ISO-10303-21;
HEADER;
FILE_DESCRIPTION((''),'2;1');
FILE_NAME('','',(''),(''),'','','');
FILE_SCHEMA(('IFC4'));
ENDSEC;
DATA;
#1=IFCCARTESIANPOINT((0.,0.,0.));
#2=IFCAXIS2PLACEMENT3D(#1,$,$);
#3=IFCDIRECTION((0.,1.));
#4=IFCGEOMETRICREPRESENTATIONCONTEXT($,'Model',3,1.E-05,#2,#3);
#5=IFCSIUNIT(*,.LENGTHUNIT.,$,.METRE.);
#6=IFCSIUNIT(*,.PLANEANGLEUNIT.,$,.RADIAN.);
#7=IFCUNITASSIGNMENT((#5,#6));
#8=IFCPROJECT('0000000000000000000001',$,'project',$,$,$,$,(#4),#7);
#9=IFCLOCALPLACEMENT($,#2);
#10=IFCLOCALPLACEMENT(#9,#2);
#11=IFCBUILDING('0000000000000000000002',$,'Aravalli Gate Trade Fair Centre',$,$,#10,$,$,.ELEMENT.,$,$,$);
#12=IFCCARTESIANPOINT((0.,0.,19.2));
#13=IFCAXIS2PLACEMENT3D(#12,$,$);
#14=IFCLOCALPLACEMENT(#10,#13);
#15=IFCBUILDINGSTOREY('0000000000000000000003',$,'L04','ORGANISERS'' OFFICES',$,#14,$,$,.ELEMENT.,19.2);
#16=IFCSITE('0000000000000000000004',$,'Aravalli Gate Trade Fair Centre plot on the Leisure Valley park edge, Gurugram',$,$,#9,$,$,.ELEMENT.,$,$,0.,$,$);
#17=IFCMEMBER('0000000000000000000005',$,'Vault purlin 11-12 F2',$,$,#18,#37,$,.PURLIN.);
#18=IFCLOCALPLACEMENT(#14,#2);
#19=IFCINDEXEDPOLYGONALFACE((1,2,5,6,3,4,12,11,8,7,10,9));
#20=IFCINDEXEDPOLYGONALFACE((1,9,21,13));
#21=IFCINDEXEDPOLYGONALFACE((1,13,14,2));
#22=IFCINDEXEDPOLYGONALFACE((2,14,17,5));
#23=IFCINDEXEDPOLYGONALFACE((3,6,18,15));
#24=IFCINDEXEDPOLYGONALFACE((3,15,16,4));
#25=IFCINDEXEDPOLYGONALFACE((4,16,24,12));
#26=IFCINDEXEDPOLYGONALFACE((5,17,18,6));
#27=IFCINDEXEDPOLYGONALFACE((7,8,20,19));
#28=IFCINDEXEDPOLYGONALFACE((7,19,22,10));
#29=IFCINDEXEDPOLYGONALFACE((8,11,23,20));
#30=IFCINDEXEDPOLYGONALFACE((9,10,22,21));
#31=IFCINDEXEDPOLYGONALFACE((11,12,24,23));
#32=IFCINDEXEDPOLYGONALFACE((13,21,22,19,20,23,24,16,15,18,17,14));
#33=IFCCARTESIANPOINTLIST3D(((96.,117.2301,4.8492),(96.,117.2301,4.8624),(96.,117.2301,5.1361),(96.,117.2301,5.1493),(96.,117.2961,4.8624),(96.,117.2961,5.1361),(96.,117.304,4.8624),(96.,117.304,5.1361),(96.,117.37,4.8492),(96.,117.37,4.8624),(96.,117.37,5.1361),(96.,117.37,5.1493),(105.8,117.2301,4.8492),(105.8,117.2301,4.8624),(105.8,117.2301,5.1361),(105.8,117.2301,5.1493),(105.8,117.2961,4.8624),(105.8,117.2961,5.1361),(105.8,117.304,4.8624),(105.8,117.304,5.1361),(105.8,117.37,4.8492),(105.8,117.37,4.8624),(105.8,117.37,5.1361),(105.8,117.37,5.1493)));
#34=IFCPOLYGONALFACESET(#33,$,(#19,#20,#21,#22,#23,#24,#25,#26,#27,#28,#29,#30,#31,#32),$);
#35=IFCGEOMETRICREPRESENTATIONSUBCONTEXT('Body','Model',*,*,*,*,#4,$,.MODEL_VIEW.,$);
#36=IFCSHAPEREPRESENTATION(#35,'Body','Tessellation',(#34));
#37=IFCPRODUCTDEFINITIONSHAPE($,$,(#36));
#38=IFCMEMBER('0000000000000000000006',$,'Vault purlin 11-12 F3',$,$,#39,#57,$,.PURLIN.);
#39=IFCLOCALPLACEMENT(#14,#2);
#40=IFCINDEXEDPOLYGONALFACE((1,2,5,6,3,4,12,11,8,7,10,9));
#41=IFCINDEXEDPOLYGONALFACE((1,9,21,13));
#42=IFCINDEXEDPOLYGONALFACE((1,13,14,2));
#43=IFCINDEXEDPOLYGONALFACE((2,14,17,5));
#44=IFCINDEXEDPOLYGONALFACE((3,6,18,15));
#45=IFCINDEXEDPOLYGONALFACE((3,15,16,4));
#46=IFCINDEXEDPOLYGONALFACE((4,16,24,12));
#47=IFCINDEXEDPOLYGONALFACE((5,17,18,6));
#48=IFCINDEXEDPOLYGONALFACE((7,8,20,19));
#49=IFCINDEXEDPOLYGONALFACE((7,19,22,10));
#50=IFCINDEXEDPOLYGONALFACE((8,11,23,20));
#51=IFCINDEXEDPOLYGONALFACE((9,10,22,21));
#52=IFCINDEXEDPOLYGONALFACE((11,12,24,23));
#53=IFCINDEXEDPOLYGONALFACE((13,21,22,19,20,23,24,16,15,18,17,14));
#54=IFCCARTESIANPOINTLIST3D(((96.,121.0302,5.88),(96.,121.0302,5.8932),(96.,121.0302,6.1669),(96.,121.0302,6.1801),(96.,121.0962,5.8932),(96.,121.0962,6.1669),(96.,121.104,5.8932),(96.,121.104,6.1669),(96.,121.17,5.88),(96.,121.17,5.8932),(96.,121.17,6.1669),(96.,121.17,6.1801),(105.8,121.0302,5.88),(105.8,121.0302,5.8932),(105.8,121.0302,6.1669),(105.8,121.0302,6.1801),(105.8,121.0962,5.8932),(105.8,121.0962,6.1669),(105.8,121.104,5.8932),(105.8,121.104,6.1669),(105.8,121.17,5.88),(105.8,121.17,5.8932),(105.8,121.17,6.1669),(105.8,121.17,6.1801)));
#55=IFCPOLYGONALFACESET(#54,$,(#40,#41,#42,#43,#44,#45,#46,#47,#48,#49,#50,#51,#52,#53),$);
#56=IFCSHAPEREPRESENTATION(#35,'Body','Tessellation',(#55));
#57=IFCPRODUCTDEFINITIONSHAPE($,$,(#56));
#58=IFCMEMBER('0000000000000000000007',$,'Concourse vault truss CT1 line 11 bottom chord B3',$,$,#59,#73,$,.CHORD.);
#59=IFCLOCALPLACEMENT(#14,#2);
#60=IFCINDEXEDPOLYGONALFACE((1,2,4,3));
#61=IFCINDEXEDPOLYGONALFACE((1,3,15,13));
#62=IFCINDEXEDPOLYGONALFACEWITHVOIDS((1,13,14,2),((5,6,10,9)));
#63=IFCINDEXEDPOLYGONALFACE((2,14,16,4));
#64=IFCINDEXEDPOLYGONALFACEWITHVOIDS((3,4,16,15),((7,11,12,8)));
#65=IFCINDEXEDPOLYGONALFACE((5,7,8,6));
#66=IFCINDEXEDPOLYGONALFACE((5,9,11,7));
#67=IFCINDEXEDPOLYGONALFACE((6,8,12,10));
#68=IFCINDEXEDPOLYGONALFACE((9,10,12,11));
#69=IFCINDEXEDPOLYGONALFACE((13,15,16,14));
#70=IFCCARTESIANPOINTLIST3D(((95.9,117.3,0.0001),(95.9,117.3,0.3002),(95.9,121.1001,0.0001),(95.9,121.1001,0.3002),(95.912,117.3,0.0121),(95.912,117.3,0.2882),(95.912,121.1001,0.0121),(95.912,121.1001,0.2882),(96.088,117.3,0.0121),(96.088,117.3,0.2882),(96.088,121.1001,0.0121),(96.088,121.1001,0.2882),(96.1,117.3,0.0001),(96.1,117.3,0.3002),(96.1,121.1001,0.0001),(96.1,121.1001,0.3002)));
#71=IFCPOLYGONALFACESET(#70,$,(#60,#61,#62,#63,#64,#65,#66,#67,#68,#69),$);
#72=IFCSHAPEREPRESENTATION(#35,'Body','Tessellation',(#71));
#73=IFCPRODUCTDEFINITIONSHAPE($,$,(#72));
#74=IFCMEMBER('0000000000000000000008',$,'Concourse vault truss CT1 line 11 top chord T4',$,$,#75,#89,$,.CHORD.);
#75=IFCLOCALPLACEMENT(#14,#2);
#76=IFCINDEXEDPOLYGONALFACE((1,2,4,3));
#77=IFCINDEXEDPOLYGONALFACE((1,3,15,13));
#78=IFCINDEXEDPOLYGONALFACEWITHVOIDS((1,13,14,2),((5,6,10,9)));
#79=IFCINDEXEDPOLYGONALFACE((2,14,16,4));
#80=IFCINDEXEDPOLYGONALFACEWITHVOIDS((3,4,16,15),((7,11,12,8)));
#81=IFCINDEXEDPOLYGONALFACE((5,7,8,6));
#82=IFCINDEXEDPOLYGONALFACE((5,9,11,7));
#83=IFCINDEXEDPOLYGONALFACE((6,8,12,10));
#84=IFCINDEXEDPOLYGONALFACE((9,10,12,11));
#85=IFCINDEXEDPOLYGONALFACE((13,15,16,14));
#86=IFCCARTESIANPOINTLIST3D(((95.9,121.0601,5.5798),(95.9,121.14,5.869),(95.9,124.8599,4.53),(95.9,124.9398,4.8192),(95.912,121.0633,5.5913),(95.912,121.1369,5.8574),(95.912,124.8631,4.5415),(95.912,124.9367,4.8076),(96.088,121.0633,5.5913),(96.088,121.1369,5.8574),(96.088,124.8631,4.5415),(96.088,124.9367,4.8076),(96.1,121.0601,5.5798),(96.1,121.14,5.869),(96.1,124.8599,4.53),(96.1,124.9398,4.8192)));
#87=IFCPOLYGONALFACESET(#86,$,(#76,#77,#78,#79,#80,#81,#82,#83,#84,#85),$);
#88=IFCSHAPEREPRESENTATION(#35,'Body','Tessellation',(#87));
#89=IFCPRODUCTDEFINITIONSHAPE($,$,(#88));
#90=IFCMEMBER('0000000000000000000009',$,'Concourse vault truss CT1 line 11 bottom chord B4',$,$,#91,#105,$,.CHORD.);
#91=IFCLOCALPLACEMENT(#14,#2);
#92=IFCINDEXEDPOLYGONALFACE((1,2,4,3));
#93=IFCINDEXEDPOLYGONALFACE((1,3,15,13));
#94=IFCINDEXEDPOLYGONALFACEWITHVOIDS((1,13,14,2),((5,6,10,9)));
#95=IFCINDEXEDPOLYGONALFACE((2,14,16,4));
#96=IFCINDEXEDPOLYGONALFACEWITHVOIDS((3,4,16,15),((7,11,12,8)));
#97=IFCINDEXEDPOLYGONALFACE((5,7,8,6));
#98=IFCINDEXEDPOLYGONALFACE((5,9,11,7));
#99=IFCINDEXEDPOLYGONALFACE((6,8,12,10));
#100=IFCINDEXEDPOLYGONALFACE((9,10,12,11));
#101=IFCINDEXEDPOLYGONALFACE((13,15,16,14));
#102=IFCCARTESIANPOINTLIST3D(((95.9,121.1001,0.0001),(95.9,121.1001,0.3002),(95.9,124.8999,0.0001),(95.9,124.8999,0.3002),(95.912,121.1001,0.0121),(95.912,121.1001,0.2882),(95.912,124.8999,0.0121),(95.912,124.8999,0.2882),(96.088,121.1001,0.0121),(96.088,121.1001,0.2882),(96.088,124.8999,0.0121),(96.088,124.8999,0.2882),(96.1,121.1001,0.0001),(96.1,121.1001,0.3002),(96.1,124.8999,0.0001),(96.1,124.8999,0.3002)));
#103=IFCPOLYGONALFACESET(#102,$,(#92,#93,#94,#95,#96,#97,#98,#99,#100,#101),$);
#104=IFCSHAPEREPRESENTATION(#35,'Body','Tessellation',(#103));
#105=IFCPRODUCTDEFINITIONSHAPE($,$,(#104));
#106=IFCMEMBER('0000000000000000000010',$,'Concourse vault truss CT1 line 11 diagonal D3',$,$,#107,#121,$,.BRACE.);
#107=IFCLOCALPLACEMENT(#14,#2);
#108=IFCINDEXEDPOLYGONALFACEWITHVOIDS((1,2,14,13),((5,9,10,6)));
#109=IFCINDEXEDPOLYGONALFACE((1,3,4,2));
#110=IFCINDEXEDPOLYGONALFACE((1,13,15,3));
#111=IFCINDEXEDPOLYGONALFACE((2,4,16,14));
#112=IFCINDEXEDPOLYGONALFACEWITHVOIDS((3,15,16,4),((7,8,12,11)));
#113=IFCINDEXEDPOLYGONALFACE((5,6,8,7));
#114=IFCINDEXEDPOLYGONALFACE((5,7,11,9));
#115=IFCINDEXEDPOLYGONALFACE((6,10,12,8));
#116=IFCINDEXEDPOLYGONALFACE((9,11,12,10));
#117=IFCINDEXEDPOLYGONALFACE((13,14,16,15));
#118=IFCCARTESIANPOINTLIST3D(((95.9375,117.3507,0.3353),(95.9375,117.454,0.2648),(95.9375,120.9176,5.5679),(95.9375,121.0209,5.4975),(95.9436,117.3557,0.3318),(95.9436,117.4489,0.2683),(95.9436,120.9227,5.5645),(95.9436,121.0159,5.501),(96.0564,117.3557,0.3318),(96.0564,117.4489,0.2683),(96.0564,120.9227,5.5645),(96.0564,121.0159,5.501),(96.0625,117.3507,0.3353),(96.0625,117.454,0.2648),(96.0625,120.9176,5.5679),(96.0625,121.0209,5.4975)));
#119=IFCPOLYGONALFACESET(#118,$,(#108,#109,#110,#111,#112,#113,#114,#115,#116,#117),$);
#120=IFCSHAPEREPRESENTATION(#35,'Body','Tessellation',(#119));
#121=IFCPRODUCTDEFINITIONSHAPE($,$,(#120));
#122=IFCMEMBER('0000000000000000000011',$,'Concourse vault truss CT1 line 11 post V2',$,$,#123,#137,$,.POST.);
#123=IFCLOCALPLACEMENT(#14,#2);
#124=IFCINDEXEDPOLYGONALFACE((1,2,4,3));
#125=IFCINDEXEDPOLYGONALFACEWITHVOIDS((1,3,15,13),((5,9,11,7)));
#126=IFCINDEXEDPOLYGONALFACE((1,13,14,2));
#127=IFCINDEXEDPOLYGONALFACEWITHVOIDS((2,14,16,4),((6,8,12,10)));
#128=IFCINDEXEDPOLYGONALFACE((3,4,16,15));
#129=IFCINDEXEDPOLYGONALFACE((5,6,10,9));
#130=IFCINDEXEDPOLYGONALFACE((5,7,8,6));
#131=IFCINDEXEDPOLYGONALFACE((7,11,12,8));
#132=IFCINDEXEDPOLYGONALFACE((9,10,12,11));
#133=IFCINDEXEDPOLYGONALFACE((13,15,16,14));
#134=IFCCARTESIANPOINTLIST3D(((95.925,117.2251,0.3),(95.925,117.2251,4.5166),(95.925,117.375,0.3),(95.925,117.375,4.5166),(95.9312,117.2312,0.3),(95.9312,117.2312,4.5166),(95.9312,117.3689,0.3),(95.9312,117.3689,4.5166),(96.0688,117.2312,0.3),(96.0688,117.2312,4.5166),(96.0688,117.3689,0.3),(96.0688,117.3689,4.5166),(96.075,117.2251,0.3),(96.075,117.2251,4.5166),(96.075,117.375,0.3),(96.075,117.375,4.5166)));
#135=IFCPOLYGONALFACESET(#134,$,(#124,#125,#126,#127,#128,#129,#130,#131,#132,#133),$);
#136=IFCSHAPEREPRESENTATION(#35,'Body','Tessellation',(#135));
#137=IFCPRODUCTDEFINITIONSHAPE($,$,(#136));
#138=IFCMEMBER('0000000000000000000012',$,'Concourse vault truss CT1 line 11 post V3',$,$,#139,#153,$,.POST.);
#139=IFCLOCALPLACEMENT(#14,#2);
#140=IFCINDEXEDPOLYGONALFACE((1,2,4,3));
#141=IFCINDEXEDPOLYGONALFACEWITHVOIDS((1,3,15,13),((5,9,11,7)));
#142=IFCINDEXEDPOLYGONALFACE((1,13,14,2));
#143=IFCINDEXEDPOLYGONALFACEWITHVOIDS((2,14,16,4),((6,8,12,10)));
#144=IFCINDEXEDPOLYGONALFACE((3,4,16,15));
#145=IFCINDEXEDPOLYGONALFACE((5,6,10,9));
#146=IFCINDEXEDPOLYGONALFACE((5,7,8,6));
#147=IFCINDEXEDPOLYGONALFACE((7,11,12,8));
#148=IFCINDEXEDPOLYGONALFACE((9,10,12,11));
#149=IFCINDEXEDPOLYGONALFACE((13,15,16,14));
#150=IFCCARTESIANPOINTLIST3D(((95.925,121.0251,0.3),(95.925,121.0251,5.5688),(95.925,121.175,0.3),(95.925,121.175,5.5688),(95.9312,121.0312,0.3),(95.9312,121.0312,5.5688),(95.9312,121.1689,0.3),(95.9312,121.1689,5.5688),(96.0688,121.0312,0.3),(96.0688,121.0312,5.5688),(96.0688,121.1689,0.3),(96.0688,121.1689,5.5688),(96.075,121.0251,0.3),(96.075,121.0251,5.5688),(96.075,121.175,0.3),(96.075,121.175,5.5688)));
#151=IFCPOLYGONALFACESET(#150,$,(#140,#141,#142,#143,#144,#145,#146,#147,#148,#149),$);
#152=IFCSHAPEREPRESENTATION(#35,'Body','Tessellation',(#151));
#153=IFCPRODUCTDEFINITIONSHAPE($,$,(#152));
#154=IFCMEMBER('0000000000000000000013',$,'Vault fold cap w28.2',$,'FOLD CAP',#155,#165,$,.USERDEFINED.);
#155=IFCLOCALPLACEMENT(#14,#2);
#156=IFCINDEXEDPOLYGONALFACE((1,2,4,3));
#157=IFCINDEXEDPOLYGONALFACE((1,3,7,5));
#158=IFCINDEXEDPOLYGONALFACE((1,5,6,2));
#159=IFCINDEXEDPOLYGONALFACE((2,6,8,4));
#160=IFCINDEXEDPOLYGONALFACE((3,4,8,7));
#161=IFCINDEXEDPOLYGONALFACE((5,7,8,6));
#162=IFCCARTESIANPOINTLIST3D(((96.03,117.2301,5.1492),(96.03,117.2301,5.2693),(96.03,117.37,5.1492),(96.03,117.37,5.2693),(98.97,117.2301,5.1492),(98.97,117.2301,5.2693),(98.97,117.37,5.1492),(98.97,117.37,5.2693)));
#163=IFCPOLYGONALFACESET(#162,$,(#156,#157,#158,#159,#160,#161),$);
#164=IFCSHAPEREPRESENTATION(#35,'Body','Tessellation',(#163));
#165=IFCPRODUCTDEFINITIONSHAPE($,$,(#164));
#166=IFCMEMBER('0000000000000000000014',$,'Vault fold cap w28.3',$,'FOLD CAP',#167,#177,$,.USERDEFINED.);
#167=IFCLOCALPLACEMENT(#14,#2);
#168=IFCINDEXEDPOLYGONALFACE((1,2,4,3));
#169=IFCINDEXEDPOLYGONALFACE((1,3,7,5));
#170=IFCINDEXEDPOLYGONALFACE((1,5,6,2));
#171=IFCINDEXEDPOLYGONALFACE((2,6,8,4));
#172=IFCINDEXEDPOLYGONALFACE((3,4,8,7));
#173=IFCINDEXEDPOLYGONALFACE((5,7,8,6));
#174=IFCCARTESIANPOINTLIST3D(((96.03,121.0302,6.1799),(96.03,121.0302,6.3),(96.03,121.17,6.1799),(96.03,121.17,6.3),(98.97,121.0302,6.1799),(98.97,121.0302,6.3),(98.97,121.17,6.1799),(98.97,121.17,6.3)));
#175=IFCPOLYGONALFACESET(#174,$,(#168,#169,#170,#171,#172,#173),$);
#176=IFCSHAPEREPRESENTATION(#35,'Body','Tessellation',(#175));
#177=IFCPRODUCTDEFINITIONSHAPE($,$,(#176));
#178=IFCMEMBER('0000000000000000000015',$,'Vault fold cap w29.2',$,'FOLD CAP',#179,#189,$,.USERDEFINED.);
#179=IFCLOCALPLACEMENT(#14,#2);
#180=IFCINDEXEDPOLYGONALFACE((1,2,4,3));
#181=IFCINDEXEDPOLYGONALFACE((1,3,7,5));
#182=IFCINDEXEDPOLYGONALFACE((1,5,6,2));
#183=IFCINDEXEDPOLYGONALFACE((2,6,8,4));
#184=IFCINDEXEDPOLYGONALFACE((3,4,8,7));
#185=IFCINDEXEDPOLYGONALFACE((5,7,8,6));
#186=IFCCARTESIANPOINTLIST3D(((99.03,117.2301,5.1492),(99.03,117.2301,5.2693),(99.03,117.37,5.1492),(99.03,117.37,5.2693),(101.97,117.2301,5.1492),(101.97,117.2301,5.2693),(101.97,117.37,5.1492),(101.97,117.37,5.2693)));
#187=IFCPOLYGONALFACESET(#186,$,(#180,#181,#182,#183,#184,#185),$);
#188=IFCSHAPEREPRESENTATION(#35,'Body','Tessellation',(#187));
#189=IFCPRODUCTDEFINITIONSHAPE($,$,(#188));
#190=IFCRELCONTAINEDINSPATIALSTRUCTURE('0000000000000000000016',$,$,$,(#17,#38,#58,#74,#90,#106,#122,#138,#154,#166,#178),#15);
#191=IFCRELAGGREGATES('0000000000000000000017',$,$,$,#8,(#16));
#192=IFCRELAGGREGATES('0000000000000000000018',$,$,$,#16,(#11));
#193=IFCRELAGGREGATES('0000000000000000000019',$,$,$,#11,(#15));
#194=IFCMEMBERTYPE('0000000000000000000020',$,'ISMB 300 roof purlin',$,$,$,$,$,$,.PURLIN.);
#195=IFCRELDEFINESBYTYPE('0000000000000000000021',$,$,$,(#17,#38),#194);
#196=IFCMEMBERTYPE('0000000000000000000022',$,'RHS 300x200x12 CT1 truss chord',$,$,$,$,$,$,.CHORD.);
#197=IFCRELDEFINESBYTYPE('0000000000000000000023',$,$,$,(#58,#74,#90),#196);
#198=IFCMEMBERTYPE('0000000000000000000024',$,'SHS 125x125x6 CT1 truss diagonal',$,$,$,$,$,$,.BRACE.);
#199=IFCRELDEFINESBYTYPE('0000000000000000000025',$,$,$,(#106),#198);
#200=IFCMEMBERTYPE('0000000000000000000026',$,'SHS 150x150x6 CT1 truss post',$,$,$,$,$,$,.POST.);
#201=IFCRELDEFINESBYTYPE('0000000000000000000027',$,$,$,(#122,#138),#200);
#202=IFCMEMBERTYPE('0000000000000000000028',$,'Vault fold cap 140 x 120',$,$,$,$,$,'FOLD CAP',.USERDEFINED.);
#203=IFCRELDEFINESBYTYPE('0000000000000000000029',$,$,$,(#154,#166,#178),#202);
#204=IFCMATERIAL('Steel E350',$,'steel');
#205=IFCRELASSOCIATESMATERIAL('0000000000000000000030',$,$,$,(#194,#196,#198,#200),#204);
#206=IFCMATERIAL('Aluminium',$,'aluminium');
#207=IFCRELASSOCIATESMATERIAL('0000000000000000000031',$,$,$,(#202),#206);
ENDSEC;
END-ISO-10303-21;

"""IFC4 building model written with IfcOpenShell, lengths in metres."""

from ifc_helpers import new_model, si_unit, direction, frame, origin, origin_2d, place, context, subcontext, project, spatial, rectangle, hollow_rectangle, i_section, extrude, material, material_profile, profile_set, type_object, element, save


model = new_model("IFC4")

# Units and contexts
model_context = context("Model", 3, precision=1e-05, world=origin(), true_north=direction((0.0, 1.0)))
body_context = subcontext(model_context, "Body", "Model", "MODEL_VIEW")
ifc_project = project(units=[si_unit("LENGTHUNIT", "METRE"), si_unit("PLANEANGLEUNIT", "RADIAN")], contexts=[model_context])

# Site, building, storey
site_placement = place(None, origin())
site = spatial("IfcSite", under=ifc_project, at=site_placement, Name="Aravalli Gate Trade Fair Centre plot on the Leisure Valley park edge, Gurugram", CompositionType="ELEMENT", RefElevation=0.0)
building_placement = place(site_placement, origin())
building = spatial("IfcBuilding", under=site, at=building_placement, Name="Aravalli Gate Trade Fair Centre", CompositionType="ELEMENT")
storey_placement = place(building_placement, frame((0.0, 0.0, 19.2)))
storey = spatial("IfcBuildingStorey", under=building, at=storey_placement, Name="L04", Description="ORGANISERS' OFFICES", CompositionType="ELEMENT", Elevation=19.2)

# Members
ifc_material_1 = material(Name="Steel E350", Category="steel")
ifc_material_profile_1 = material_profile(ifc_material_1, i_section(OverallWidth=0.1399, OverallDepth=0.3, WebThickness=0.0078, FlangeThickness=0.0132, at=origin_2d()), Name="ISMB 300")
ifc_profile_set_1 = profile_set([ifc_material_profile_1], Name="Steel E350")
member_type_1 = type_object("IfcMemberType", Name="ISMB 300 roof purlin", PredefinedType="PURLIN", material=ifc_profile_set_1)
for number, where, z_axis, x_axis, name in (
    (1, (96.0, 117.3, 4.9993), (1.0, 0.0, 0.0), (0.0, 1.0, 0.0), "Vault purlin 11-12 F2"),
    (2, (96.0, 121.1001, 6.03), (1.0, 0.0, 0.0), (0.0, 1.0, 0.0), "Vault purlin 11-12 F3"),
):
    element("IfcMember", number, at=place(storey_placement, frame(where, z_axis=z_axis, x_axis=x_axis)), inside=storey, type_object=member_type_1, Name=name, PredefinedType="PURLIN", context=body_context, shape_type="SweptSolid", body=[
        extrude(i_section(OverallWidth=0.1399, OverallDepth=0.3, WebThickness=0.0078, FlangeThickness=0.0132, at=origin_2d()), origin(), (0.0, 0.0, 1.0), 9.8),
    ])
ifc_material_profile_2 = material_profile(ifc_material_1, hollow_rectangle(XDim=0.2, YDim=0.3, WallThickness=0.012, at=origin_2d()), Name="RHS 300x200x12")
ifc_profile_set_2 = profile_set([ifc_material_profile_2], Name="Steel E350")
member_type_2 = type_object("IfcMemberType", Name="RHS 300x200x12 CT1 truss chord", PredefinedType="CHORD", material=ifc_profile_set_2)
member_1_placement = place(storey_placement, frame((96.0, 117.3, 0.1501), z_axis=(0.0, 1.0, 0.0), x_axis=(-1.0, 0.0, 0.0)))
element("IfcMember", 3, at=member_1_placement, inside=storey, type_object=member_type_2, Name="Concourse vault truss CT1 line 11 bottom chord B3", PredefinedType="CHORD", context=body_context, shape_type="SweptSolid", body=[
    extrude(hollow_rectangle(XDim=0.2, YDim=0.3, WallThickness=0.012, at=origin_2d()), origin(), (0.0, 0.0, 1.0), 3.8),
])
member_2_placement = place(storey_placement, frame((96.0, 121.1001, 5.7244), z_axis=(0.0, 0.96389, -0.266302), x_axis=(-1.0, 0.0, 0.0)))
element("IfcMember", 4, at=member_2_placement, inside=storey, type_object=member_type_2, Name="Concourse vault truss CT1 line 11 top chord T4", PredefinedType="CHORD", context=body_context, shape_type="SweptSolid", body=[
    extrude(hollow_rectangle(XDim=0.2, YDim=0.3, WallThickness=0.012, at=origin_2d()), origin(), (0.0, 0.0, 1.0), 3.9421),
])
member_3_placement = place(storey_placement, frame((96.0, 121.1001, 0.1501), z_axis=(0.0, 1.0, 0.0), x_axis=(-1.0, 0.0, 0.0)))
element("IfcMember", 5, at=member_3_placement, inside=storey, type_object=member_type_2, Name="Concourse vault truss CT1 line 11 bottom chord B4", PredefinedType="CHORD", context=body_context, shape_type="SweptSolid", body=[
    extrude(hollow_rectangle(XDim=0.2, YDim=0.3, WallThickness=0.012, at=origin_2d()), origin(), (0.0, 0.0, 1.0), 3.7998),
])
ifc_material_profile_3 = material_profile(ifc_material_1, hollow_rectangle(XDim=0.125, YDim=0.125, WallThickness=0.0061, at=origin_2d()), Name="SHS 125x125x6")
ifc_profile_set_3 = profile_set([ifc_material_profile_3], Name="Steel E350")
member_type_3 = type_object("IfcMemberType", Name="SHS 125x125x6 CT1 truss diagonal", PredefinedType="BRACE", material=ifc_profile_set_3)
member_4_placement = place(storey_placement, frame((96.0, 117.4023, 0.3), z_axis=(0.0, 0.563247, 0.826289), x_axis=(-1.0, 0.0, 0.0)))
element("IfcMember", 6, at=member_4_placement, inside=storey, type_object=member_type_3, Name="Concourse vault truss CT1 line 11 diagonal D3", PredefinedType="BRACE", context=body_context, shape_type="SweptSolid", body=[
    extrude(hollow_rectangle(XDim=0.125, YDim=0.125, WallThickness=0.0061, at=origin_2d()), origin(), (0.0, 0.0, 1.0), 6.3328),
])
ifc_material_profile_4 = material_profile(ifc_material_1, hollow_rectangle(XDim=0.1499, YDim=0.1499, WallThickness=0.0061, at=origin_2d()), Name="SHS 150x150x6")
ifc_profile_set_4 = profile_set([ifc_material_profile_4], Name="Steel E350")
member_type_4 = type_object("IfcMemberType", Name="SHS 150x150x6 CT1 truss post", PredefinedType="POST", material=ifc_profile_set_4)
member_5_placement = place(storey_placement, frame((96.0, 117.3, 0.3), z_axis=(0.0, 0.0, 1.0), x_axis=(1.0, 0.0, 0.0)))
element("IfcMember", 7, at=member_5_placement, inside=storey, type_object=member_type_4, Name="Concourse vault truss CT1 line 11 post V2", PredefinedType="POST", context=body_context, shape_type="SweptSolid", body=[
    extrude(hollow_rectangle(XDim=0.1499, YDim=0.1499, WallThickness=0.0061, at=origin_2d()), origin(), (0.0, 0.0, 1.0), 4.2166),
])
member_6_placement = place(storey_placement, frame((96.0, 121.1001, 0.3), z_axis=(0.0, 0.0, 1.0), x_axis=(1.0, 0.0, 0.0)))
element("IfcMember", 8, at=member_6_placement, inside=storey, type_object=member_type_4, Name="Concourse vault truss CT1 line 11 post V3", PredefinedType="POST", context=body_context, shape_type="SweptSolid", body=[
    extrude(hollow_rectangle(XDim=0.1499, YDim=0.1499, WallThickness=0.0061, at=origin_2d()), origin(), (0.0, 0.0, 1.0), 5.2688),
])
ifc_material_2 = material(Name="Aluminium", Category="aluminium")
ifc_material_profile_5 = material_profile(ifc_material_2, rectangle(XDim=0.1399, YDim=0.1201, at=origin_2d()), Name="Vault fold cap 140 x 120")
ifc_profile_set_5 = profile_set([ifc_material_profile_5], Name="Aluminium")
member_type_5 = type_object("IfcMemberType", Name="Vault fold cap 140 x 120", ElementType="FOLD CAP", PredefinedType="USERDEFINED", material=ifc_profile_set_5)
for number, where, z_axis, x_axis, name in (
    (9, (96.03, 117.3, 5.2092), (1.0, 0.0, 0.0), (0.0, 1.0, 0.0), "Vault fold cap w28.2"),
    (10, (96.03, 121.1001, 6.24), (1.0, 0.0, 0.0), (0.0, 1.0, 0.0), "Vault fold cap w28.3"),
    (11, (99.03, 117.3, 5.2092), (1.0, 0.0, 0.0), (0.0, 1.0, 0.0), "Vault fold cap w29.2"),
):
    element("IfcMember", number, at=place(storey_placement, frame(where, z_axis=z_axis, x_axis=x_axis)), inside=storey, type_object=member_type_5, Name=name, ObjectType="FOLD CAP", PredefinedType="USERDEFINED", context=body_context, shape_type="SweptSolid", body=[
        extrude(rectangle(XDim=0.1399, YDim=0.1201, at=origin_2d()), origin(), (0.0, 0.0, 1.0), 2.9399),
    ])

save(model, "model.ifc")
